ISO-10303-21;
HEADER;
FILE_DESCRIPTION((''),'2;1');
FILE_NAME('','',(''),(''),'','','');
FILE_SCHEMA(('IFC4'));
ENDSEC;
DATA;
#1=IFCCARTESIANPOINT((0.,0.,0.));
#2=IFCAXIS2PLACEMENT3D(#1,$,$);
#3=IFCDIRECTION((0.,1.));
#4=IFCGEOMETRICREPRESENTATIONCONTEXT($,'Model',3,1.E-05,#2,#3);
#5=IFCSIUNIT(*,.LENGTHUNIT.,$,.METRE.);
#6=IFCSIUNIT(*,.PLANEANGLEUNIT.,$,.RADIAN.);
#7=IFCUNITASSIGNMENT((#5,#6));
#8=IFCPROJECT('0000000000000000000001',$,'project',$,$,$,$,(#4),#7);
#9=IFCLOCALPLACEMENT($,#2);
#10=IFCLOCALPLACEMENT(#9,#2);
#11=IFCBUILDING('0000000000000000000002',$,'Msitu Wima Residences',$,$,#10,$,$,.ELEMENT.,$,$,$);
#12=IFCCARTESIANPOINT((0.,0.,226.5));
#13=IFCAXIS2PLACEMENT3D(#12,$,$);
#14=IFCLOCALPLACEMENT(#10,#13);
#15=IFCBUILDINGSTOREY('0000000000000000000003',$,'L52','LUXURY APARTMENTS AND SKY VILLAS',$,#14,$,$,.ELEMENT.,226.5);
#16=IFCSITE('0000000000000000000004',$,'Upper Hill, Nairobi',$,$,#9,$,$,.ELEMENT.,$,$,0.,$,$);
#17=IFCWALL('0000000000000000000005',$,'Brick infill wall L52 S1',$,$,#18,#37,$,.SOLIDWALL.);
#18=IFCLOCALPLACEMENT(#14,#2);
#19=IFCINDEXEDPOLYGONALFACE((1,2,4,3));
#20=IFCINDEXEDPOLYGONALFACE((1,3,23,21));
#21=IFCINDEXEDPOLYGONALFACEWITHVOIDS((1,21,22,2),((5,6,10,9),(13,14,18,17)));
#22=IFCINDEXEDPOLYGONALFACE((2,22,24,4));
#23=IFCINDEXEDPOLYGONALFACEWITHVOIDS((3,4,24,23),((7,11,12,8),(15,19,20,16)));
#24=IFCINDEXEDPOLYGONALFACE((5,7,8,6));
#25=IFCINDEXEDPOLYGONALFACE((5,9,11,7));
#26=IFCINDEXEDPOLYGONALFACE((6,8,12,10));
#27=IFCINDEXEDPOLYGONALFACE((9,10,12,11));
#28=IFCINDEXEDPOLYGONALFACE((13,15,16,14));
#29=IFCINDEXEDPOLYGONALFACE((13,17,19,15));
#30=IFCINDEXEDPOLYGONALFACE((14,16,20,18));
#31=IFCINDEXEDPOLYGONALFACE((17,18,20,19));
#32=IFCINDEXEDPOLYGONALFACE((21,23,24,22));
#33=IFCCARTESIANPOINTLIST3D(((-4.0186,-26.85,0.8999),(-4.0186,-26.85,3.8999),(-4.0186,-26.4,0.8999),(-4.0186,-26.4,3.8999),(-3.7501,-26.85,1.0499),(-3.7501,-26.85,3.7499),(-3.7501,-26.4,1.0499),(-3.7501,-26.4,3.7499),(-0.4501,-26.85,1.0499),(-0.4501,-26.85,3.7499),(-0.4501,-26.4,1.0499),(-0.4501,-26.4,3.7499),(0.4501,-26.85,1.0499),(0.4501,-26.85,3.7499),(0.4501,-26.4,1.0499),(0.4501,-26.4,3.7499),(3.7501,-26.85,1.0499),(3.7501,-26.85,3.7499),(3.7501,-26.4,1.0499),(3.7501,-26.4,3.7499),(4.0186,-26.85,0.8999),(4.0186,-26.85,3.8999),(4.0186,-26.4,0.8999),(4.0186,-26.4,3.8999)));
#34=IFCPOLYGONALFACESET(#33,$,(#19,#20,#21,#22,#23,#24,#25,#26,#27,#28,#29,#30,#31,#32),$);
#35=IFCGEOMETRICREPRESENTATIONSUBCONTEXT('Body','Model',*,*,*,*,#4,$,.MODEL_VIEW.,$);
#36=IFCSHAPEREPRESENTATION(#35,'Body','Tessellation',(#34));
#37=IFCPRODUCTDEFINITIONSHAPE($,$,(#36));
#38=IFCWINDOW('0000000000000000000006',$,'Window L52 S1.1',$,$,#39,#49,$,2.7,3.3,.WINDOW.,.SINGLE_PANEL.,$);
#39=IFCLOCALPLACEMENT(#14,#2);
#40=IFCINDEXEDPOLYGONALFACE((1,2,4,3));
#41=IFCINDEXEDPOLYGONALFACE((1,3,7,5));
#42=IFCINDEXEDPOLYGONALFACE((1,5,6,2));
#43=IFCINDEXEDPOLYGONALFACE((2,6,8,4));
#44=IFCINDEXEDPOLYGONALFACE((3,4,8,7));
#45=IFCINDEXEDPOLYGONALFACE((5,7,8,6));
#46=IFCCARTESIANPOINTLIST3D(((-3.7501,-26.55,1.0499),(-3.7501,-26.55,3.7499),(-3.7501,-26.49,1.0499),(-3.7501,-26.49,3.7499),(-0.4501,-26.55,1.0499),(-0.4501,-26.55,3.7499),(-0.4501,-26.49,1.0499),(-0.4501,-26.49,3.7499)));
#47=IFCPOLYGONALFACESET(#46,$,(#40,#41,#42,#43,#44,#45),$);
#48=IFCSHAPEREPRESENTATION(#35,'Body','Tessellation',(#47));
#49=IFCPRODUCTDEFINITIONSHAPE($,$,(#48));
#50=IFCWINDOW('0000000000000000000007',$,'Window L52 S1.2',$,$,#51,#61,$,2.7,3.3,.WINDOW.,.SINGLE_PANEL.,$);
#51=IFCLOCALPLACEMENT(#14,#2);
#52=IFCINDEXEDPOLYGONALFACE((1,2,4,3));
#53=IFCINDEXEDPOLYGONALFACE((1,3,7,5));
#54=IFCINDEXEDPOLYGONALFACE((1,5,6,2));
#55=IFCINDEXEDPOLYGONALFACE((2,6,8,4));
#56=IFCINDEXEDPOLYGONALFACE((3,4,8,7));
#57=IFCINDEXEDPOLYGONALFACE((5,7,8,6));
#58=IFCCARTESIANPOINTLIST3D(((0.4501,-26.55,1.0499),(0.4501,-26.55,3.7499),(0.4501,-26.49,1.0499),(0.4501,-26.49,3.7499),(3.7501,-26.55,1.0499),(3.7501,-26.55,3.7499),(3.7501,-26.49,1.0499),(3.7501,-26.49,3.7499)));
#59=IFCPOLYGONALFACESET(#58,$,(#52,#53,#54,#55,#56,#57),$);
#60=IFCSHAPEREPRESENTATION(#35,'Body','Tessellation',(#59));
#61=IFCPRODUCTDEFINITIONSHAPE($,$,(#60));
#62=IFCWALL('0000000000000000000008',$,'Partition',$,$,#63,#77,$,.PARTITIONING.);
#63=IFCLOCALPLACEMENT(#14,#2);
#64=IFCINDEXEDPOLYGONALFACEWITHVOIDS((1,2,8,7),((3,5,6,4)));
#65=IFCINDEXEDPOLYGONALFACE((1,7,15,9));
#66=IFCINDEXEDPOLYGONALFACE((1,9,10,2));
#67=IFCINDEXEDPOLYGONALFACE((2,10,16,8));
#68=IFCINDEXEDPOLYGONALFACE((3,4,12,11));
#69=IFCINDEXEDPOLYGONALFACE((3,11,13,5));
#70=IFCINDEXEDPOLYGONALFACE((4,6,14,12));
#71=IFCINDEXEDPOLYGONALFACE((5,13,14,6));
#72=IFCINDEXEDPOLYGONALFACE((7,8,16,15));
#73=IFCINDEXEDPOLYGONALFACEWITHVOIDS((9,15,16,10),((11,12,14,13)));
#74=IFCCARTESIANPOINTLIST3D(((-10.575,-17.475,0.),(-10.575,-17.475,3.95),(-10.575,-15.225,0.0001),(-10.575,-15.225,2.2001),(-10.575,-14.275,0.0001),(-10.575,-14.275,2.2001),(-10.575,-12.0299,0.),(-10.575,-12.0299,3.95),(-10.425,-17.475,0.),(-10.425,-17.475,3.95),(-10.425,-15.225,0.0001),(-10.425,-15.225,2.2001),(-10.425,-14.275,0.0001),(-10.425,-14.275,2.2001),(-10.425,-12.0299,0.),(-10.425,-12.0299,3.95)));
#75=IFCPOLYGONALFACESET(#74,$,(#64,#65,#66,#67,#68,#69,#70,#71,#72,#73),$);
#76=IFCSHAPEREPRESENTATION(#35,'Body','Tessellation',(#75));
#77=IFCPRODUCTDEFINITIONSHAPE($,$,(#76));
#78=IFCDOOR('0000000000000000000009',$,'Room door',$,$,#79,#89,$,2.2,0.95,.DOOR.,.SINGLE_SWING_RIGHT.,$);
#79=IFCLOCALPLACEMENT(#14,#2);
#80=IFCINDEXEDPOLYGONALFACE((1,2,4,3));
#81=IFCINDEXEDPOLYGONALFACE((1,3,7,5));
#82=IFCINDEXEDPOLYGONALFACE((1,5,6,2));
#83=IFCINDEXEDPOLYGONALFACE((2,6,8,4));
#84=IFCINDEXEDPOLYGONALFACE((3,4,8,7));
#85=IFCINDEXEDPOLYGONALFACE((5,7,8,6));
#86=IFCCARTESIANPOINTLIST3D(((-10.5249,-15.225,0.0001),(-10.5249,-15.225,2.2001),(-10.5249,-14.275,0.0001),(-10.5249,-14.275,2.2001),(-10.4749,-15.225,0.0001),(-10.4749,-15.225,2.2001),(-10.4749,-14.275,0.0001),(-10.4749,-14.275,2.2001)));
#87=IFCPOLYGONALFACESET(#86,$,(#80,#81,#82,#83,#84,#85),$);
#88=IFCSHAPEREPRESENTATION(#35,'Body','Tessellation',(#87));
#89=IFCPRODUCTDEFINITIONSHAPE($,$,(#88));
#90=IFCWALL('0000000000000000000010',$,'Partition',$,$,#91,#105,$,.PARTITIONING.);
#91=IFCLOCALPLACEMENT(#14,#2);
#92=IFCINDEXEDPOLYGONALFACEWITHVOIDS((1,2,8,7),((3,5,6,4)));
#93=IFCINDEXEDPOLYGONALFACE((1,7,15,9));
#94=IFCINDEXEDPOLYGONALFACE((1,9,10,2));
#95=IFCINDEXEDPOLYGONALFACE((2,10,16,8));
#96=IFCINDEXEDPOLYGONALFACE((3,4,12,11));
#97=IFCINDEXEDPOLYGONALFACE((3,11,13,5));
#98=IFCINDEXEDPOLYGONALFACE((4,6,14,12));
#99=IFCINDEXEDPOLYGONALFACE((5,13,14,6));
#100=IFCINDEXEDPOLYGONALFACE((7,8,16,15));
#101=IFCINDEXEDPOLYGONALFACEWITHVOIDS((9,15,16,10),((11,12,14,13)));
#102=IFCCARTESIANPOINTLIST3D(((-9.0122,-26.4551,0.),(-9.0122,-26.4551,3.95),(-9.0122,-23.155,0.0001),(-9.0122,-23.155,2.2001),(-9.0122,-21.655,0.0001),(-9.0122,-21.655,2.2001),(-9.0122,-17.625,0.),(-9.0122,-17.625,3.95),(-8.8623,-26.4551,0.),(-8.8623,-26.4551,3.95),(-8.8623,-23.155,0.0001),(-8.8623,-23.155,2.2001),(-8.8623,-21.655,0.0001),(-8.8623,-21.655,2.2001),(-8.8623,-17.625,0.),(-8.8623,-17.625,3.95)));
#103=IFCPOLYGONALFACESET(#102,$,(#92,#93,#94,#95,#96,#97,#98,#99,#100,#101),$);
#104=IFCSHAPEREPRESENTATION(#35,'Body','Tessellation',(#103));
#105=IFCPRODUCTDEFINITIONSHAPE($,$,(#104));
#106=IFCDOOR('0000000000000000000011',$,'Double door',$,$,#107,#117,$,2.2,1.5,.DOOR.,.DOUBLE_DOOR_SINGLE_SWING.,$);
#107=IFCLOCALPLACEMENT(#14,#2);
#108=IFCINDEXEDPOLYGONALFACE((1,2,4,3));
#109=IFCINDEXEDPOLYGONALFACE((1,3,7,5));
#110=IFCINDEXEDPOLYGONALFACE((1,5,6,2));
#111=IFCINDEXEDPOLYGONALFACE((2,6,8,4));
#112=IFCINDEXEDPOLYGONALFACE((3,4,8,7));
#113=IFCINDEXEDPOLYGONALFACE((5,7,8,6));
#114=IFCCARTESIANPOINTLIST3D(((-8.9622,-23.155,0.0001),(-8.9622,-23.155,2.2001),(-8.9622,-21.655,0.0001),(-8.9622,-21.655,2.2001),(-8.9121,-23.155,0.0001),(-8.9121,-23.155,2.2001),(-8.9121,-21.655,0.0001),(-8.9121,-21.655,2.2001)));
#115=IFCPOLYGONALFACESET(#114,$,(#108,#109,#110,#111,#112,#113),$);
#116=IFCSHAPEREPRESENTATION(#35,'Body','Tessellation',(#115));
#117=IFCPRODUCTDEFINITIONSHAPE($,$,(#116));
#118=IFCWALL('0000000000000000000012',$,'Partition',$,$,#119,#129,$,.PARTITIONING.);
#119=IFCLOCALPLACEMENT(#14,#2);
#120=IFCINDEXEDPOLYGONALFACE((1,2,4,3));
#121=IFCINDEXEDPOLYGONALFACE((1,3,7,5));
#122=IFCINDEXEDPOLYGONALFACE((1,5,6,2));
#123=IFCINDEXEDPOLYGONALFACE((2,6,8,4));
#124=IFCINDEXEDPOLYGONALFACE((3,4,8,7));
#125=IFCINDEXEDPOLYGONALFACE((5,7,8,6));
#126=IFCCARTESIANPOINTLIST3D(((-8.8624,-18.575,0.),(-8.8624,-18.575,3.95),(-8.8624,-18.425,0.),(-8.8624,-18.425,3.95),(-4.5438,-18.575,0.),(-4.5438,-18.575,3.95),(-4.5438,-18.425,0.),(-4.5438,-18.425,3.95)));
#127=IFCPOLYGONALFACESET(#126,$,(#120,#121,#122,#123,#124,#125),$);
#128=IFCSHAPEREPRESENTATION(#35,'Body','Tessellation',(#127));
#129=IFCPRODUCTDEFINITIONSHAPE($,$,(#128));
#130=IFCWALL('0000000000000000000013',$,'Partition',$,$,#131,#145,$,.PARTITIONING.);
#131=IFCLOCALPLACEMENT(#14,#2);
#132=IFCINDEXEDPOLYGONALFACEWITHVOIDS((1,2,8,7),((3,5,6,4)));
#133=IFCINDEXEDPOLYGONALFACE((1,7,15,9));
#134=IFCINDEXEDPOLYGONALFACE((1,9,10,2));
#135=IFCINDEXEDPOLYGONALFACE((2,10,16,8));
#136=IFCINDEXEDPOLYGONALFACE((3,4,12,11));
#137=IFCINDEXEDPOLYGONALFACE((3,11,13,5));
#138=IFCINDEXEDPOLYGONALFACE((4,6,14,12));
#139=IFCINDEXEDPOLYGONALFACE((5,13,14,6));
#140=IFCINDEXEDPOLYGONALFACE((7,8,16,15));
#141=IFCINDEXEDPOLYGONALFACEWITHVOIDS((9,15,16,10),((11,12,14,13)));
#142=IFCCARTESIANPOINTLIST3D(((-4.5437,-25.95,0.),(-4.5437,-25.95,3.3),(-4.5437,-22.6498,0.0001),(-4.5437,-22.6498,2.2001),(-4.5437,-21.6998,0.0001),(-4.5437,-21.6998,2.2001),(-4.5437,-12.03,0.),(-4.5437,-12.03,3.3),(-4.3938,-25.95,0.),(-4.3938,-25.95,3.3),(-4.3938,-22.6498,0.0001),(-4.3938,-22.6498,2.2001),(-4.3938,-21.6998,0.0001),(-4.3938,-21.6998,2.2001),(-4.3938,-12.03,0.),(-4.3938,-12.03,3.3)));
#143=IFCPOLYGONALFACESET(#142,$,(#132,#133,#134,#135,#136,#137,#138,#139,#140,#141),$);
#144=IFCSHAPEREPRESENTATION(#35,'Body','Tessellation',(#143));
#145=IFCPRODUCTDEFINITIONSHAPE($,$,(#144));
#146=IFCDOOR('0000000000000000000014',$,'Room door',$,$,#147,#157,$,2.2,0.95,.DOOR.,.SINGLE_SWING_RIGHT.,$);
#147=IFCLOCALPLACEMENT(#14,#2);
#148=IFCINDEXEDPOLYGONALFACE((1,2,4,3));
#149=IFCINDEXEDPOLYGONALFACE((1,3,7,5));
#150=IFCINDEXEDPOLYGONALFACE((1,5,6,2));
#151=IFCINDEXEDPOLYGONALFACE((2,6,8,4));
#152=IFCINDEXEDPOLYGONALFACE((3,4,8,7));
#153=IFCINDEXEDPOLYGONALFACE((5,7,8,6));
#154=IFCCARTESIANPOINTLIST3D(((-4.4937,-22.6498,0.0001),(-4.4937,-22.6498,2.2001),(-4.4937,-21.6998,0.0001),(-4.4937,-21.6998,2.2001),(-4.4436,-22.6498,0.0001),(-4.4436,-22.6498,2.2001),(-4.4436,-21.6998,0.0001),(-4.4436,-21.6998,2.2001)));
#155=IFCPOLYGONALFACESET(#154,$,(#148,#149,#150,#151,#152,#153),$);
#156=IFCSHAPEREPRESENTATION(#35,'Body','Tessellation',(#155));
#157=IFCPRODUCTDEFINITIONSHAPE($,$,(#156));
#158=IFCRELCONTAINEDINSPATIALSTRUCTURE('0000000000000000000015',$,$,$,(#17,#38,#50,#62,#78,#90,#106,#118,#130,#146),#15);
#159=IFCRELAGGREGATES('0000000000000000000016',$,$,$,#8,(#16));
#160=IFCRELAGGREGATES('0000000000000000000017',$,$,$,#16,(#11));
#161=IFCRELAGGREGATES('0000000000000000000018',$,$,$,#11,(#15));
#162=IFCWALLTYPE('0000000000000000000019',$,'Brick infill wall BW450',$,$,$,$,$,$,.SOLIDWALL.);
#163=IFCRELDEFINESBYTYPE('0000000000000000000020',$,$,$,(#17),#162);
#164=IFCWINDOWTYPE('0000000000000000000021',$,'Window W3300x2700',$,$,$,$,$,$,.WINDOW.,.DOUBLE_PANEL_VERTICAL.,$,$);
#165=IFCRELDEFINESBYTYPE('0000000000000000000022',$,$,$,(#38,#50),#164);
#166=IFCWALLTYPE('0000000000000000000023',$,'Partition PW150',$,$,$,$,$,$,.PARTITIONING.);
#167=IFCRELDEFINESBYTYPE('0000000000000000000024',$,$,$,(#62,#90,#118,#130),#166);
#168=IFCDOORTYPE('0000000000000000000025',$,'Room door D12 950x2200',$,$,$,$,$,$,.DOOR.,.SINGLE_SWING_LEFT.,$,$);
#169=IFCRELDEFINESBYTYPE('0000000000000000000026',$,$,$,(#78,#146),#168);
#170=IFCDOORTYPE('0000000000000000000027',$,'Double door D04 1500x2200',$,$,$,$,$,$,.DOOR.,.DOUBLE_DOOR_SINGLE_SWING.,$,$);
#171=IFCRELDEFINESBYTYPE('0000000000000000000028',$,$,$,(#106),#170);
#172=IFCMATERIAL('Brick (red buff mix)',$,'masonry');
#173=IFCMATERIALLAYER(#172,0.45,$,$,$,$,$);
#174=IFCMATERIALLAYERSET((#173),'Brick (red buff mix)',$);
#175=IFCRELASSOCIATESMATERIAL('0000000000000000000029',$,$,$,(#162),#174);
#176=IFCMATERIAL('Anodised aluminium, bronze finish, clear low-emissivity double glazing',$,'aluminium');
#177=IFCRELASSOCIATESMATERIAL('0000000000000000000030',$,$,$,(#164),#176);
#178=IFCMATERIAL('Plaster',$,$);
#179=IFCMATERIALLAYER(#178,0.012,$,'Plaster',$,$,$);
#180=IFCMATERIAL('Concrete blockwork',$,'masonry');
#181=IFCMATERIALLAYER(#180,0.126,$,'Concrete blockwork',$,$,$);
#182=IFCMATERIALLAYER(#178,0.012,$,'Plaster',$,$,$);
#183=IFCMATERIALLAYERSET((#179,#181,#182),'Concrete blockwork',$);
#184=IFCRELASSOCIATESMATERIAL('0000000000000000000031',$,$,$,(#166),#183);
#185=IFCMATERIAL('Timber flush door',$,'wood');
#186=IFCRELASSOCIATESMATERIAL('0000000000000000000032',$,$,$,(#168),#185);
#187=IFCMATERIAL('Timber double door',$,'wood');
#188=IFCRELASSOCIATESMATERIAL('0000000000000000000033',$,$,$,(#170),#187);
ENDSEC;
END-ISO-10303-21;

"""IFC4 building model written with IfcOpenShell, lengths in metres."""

from ifc_helpers import new_model, si_unit, direction, frame, frame_2d, origin, place, context, subcontext, project, spatial, rectangle, extrude, material, layer, layer_set, type_object, element, fill, save


model = new_model("IFC4")

# Units and contexts
model_context = context("Model", 3, precision=1e-05, world=origin(), true_north=direction((0.0, 1.0)))
body_context = subcontext(model_context, "Body", "Model", "MODEL_VIEW")
ifc_project = project(units=[si_unit("LENGTHUNIT", "METRE"), si_unit("PLANEANGLEUNIT", "RADIAN")], contexts=[model_context])

# Site, building, storey
site_placement = place(None, origin())
site = spatial("IfcSite", under=ifc_project, at=site_placement, Name="Upper Hill, Nairobi", CompositionType="ELEMENT", RefElevation=0.0)
building_placement = place(site_placement, origin())
building = spatial("IfcBuilding", under=site, at=building_placement, Name="Msitu Wima Residences", CompositionType="ELEMENT")
storey_placement = place(building_placement, frame((0.0, 0.0, 226.5)))
storey = spatial("IfcBuildingStorey", under=building, at=storey_placement, Name="L52", Description="LUXURY APARTMENTS AND SKY VILLAS", CompositionType="ELEMENT", Elevation=226.5)

# Shared definitions
ifc_material_1 = material(Name="Brick (red buff mix)", Category="masonry")
ifc_layer_1 = layer(ifc_material_1, 0.45)
ifc_layer_set_1 = layer_set([ifc_layer_1], Name="Brick (red buff mix)")
wall_type_1 = type_object("IfcWallType", Name="Brick infill wall BW450", PredefinedType="SOLIDWALL", material=ifc_layer_set_1)
ifc_material_2 = material(Name="Anodised aluminium, bronze finish, clear low-emissivity double glazing", Category="aluminium")
window_type = type_object("IfcWindowType", Name="Window W3300x2700", PartitioningType="DOUBLE_PANEL_VERTICAL", PredefinedType="WINDOW", material=ifc_material_2)

# Wall, openings, windows
wall_1_placement = place(storey_placement, frame((-4.0186, -26.625, 0.8999), z_axis=(0.0, 0.0, 1.0), x_axis=(1.0, 0.0, 0.0)))
wall_1 = element("IfcWall", 1, at=wall_1_placement, inside=storey, type_object=wall_type_1, Name="Brick infill wall L52 S1", PredefinedType="SOLIDWALL", context=body_context, shape_type="SweptSolid", body=[
    extrude(rectangle(XDim=8.0371, YDim=0.45, at=frame_2d((4.0186, 0.0))), origin(), (0.0, 0.0, 1.0), 3.0),
])
opening_1_placement = place(wall_1_placement, frame((0.2686, 0.0, 0.1499)))
opening_1 = element("IfcOpeningElement", 2, at=opening_1_placement, cuts=wall_1, PredefinedType="OPENING", context=body_context, shape_type="SweptSolid", body=[
    extrude(rectangle(XDim=3.3, YDim=2.7, at=frame_2d((1.6499, 1.3501))), frame((0.0, 0.2349, 0.0), z_axis=(0.0, -1.0, 0.0), x_axis=(1.0, 0.0, 0.0)), (0.0, 0.0, 1.0), 0.47),
])
opening_2_placement = place(wall_1_placement, frame((4.4688, 0.0, 0.1499)))
opening_2 = element("IfcOpeningElement", 3, at=opening_2_placement, cuts=wall_1, PredefinedType="OPENING", context=body_context, shape_type="SweptSolid", body=[
    extrude(rectangle(XDim=3.3, YDim=2.7, at=frame_2d((1.6499, 1.3501))), frame((0.0, 0.2349, 0.0), z_axis=(0.0, -1.0, 0.0), x_axis=(1.0, 0.0, 0.0)), (0.0, 0.0, 1.0), 0.47),
])
window_1_placement = place(opening_1_placement, origin())
window_1 = element("IfcWindow", 4, at=window_1_placement, inside=storey, type_object=window_type, Name="Window L52 S1.1", OverallHeight=2.7, OverallWidth=3.3, PartitioningType="SINGLE_PANEL", PredefinedType="WINDOW", context=body_context, shape_type="SweptSolid", body=[
    extrude(rectangle(XDim=3.3, YDim=2.7, at=frame_2d((1.6499, 1.3501))), frame((0.0, 0.135, 0.0), z_axis=(0.0, -1.0, 0.0), x_axis=(1.0, 0.0, 0.0)), (0.0, 0.0, 1.0), 0.0601),
])
fill(opening_1, window_1)
window_2_placement = place(opening_2_placement, origin())
window_2 = element("IfcWindow", 5, at=window_2_placement, inside=storey, type_object=window_type, Name="Window L52 S1.2", OverallHeight=2.7, OverallWidth=3.3, PartitioningType="SINGLE_PANEL", PredefinedType="WINDOW", context=body_context, shape_type="SweptSolid", body=[
    extrude(rectangle(XDim=3.3, YDim=2.7, at=frame_2d((1.6499, 1.3501))), frame((0.0, 0.135, 0.0), z_axis=(0.0, -1.0, 0.0), x_axis=(1.0, 0.0, 0.0)), (0.0, 0.0, 1.0), 0.0601),
])
fill(opening_2, window_2)

# Walls, openings, doors
ifc_material_3 = material(Name="Plaster")
ifc_layer_2 = layer(ifc_material_3, 0.012, Name="Plaster")
ifc_material_4 = material(Name="Concrete blockwork", Category="masonry")
ifc_layer_3 = layer(ifc_material_4, 0.126, Name="Concrete blockwork")
ifc_layer_4 = layer(ifc_material_3, 0.012, Name="Plaster")
ifc_layer_set_2 = layer_set([ifc_layer_2, ifc_layer_3, ifc_layer_4], Name="Concrete blockwork")
wall_type_2 = type_object("IfcWallType", Name="Partition PW150", PredefinedType="PARTITIONING", material=ifc_layer_set_2)
wall_2_placement = place(storey_placement, frame((-10.5, -17.4751, 0.0), z_axis=(0.0, 0.0, 1.0), x_axis=(0.0, 1.0, 0.0)))
wall_2 = element("IfcWall", 6, at=wall_2_placement, inside=storey, type_object=wall_type_2, Name="Partition", PredefinedType="PARTITIONING", context=body_context, shape_type="SweptSolid", body=[
    extrude(rectangle(XDim=5.4451, YDim=0.1499, at=frame_2d((2.7227, 0.0))), origin(), (0.0, 0.0, 1.0), 3.95),
])
opening_3_placement = place(wall_2_placement, frame((2.25, 0.0, 0.0)))
opening_3 = element("IfcOpeningElement", 7, at=opening_3_placement, cuts=wall_2, PredefinedType="OPENING", context=body_context, shape_type="SweptSolid", body=[
    extrude(rectangle(XDim=0.95, YDim=2.2, at=frame_2d((0.4751, 1.1001))), frame((0.0, 0.085, 0.0), z_axis=(0.0, -1.0, 0.0), x_axis=(1.0, 0.0, 0.0)), (0.0, 0.0, 1.0), 0.1699),
])
ifc_material_5 = material(Name="Timber flush door", Category="wood")
door_type_1 = type_object("IfcDoorType", Name="Room door D12 950x2200", OperationType="SINGLE_SWING_LEFT", PredefinedType="DOOR", material=ifc_material_5)
door_1_placement = place(opening_3_placement, origin())
door_1 = element("IfcDoor", 8, at=door_1_placement, inside=storey, type_object=door_type_1, Name="Room door", OperationType="SINGLE_SWING_RIGHT", OverallHeight=2.2, OverallWidth=0.95, PredefinedType="DOOR", context=body_context, shape_type="SweptSolid", body=[
    extrude(rectangle(XDim=0.95, YDim=2.2, at=frame_2d((0.4751, 1.1001))), frame((0.0, 0.0249, 0.0), z_axis=(0.0, -1.0, 0.0), x_axis=(1.0, 0.0, 0.0)), (0.0, 0.0, 1.0), 0.05),
])
fill(opening_3, door_1)
wall_3_placement = place(storey_placement, frame((-8.9373, -26.4551, 0.0), z_axis=(0.0, 0.0, 1.0), x_axis=(0.0, 1.0, 0.0)))
wall_3 = element("IfcWall", 9, at=wall_3_placement, inside=storey, type_object=wall_type_2, Name="Partition", PredefinedType="PARTITIONING", context=body_context, shape_type="SweptSolid", body=[
    extrude(rectangle(XDim=8.8301, YDim=0.1499, at=frame_2d((4.415, 0.0))), origin(), (0.0, 0.0, 1.0), 3.95),
])
opening_4_placement = place(wall_3_placement, frame((3.3, 0.0, 0.0)))
opening_4 = element("IfcOpeningElement", 10, at=opening_4_placement, cuts=wall_3, PredefinedType="OPENING", context=body_context, shape_type="SweptSolid", body=[
    extrude(rectangle(XDim=1.5, YDim=2.2, at=frame_2d((0.75, 1.1001))), frame((0.0, 0.085, 0.0), z_axis=(0.0, -1.0, 0.0), x_axis=(1.0, 0.0, 0.0)), (0.0, 0.0, 1.0), 0.1699),
])
ifc_material_6 = material(Name="Timber double door", Category="wood")
door_type_2 = type_object("IfcDoorType", Name="Double door D04 1500x2200", OperationType="DOUBLE_DOOR_SINGLE_SWING", PredefinedType="DOOR", material=ifc_material_6)
door_2_placement = place(opening_4_placement, origin())
door_2 = element("IfcDoor", 11, at=door_2_placement, inside=storey, type_object=door_type_2, Name="Double door", OperationType="DOUBLE_DOOR_SINGLE_SWING", OverallHeight=2.2, OverallWidth=1.5, PredefinedType="DOOR", context=body_context, shape_type="SweptSolid", body=[
    extrude(rectangle(XDim=1.5, YDim=2.2, at=frame_2d((0.75, 1.1001))), frame((0.0, 0.0249, 0.0), z_axis=(0.0, -1.0, 0.0), x_axis=(1.0, 0.0, 0.0)), (0.0, 0.0, 1.0), 0.05),
])
fill(opening_4, door_2)

# Wall
wall_4_placement = place(storey_placement, frame((-8.8623, -18.5, 0.0), z_axis=(0.0, 0.0, 1.0), x_axis=(1.0, 0.0, 0.0)))
element("IfcWall", 12, at=wall_4_placement, inside=storey, type_object=wall_type_2, Name="Partition", PredefinedType="PARTITIONING", context=body_context, shape_type="SweptSolid", body=[
    extrude(rectangle(XDim=4.3186, YDim=0.1499, at=frame_2d((2.1592, 0.0))), origin(), (0.0, 0.0, 1.0), 3.95),
])

# Wall, opening, door
wall_5_placement = place(storey_placement, frame((-4.4688, -25.95, 0.0), z_axis=(0.0, 0.0, 1.0), x_axis=(0.0, 1.0, 0.0)))
wall_5 = element("IfcWall", 13, at=wall_5_placement, inside=storey, type_object=wall_type_2, Name="Partition", PredefinedType="PARTITIONING", context=body_context, shape_type="SweptSolid", body=[
    extrude(rectangle(XDim=13.9199, YDim=0.1499, at=frame_2d((6.96, 0.0))), origin(), (0.0, 0.0, 1.0), 3.3),
])
opening_5_placement = place(wall_5_placement, frame((3.3, 0.0, 0.0)))
opening_5 = element("IfcOpeningElement", 14, at=opening_5_placement, cuts=wall_5, PredefinedType="OPENING", context=body_context, shape_type="SweptSolid", body=[
    extrude(rectangle(XDim=0.95, YDim=2.2, at=frame_2d((0.4751, 1.1001))), frame((0.0, 0.085, 0.0), z_axis=(0.0, -1.0, 0.0), x_axis=(1.0, 0.0, 0.0)), (0.0, 0.0, 1.0), 0.1699),
])
door_3_placement = place(opening_5_placement, origin())
door_3 = element("IfcDoor", 15, at=door_3_placement, inside=storey, type_object=door_type_1, Name="Room door", OperationType="SINGLE_SWING_RIGHT", OverallHeight=2.2, OverallWidth=0.95, PredefinedType="DOOR", context=body_context, shape_type="SweptSolid", body=[
    extrude(rectangle(XDim=0.95, YDim=2.2, at=frame_2d((0.4751, 1.1001))), frame((0.0, 0.0249, 0.0), z_axis=(0.0, -1.0, 0.0), x_axis=(1.0, 0.0, 0.0)), (0.0, 0.0, 1.0), 0.05),
])
fill(opening_5, door_3)

save(model, "model.ifc")
